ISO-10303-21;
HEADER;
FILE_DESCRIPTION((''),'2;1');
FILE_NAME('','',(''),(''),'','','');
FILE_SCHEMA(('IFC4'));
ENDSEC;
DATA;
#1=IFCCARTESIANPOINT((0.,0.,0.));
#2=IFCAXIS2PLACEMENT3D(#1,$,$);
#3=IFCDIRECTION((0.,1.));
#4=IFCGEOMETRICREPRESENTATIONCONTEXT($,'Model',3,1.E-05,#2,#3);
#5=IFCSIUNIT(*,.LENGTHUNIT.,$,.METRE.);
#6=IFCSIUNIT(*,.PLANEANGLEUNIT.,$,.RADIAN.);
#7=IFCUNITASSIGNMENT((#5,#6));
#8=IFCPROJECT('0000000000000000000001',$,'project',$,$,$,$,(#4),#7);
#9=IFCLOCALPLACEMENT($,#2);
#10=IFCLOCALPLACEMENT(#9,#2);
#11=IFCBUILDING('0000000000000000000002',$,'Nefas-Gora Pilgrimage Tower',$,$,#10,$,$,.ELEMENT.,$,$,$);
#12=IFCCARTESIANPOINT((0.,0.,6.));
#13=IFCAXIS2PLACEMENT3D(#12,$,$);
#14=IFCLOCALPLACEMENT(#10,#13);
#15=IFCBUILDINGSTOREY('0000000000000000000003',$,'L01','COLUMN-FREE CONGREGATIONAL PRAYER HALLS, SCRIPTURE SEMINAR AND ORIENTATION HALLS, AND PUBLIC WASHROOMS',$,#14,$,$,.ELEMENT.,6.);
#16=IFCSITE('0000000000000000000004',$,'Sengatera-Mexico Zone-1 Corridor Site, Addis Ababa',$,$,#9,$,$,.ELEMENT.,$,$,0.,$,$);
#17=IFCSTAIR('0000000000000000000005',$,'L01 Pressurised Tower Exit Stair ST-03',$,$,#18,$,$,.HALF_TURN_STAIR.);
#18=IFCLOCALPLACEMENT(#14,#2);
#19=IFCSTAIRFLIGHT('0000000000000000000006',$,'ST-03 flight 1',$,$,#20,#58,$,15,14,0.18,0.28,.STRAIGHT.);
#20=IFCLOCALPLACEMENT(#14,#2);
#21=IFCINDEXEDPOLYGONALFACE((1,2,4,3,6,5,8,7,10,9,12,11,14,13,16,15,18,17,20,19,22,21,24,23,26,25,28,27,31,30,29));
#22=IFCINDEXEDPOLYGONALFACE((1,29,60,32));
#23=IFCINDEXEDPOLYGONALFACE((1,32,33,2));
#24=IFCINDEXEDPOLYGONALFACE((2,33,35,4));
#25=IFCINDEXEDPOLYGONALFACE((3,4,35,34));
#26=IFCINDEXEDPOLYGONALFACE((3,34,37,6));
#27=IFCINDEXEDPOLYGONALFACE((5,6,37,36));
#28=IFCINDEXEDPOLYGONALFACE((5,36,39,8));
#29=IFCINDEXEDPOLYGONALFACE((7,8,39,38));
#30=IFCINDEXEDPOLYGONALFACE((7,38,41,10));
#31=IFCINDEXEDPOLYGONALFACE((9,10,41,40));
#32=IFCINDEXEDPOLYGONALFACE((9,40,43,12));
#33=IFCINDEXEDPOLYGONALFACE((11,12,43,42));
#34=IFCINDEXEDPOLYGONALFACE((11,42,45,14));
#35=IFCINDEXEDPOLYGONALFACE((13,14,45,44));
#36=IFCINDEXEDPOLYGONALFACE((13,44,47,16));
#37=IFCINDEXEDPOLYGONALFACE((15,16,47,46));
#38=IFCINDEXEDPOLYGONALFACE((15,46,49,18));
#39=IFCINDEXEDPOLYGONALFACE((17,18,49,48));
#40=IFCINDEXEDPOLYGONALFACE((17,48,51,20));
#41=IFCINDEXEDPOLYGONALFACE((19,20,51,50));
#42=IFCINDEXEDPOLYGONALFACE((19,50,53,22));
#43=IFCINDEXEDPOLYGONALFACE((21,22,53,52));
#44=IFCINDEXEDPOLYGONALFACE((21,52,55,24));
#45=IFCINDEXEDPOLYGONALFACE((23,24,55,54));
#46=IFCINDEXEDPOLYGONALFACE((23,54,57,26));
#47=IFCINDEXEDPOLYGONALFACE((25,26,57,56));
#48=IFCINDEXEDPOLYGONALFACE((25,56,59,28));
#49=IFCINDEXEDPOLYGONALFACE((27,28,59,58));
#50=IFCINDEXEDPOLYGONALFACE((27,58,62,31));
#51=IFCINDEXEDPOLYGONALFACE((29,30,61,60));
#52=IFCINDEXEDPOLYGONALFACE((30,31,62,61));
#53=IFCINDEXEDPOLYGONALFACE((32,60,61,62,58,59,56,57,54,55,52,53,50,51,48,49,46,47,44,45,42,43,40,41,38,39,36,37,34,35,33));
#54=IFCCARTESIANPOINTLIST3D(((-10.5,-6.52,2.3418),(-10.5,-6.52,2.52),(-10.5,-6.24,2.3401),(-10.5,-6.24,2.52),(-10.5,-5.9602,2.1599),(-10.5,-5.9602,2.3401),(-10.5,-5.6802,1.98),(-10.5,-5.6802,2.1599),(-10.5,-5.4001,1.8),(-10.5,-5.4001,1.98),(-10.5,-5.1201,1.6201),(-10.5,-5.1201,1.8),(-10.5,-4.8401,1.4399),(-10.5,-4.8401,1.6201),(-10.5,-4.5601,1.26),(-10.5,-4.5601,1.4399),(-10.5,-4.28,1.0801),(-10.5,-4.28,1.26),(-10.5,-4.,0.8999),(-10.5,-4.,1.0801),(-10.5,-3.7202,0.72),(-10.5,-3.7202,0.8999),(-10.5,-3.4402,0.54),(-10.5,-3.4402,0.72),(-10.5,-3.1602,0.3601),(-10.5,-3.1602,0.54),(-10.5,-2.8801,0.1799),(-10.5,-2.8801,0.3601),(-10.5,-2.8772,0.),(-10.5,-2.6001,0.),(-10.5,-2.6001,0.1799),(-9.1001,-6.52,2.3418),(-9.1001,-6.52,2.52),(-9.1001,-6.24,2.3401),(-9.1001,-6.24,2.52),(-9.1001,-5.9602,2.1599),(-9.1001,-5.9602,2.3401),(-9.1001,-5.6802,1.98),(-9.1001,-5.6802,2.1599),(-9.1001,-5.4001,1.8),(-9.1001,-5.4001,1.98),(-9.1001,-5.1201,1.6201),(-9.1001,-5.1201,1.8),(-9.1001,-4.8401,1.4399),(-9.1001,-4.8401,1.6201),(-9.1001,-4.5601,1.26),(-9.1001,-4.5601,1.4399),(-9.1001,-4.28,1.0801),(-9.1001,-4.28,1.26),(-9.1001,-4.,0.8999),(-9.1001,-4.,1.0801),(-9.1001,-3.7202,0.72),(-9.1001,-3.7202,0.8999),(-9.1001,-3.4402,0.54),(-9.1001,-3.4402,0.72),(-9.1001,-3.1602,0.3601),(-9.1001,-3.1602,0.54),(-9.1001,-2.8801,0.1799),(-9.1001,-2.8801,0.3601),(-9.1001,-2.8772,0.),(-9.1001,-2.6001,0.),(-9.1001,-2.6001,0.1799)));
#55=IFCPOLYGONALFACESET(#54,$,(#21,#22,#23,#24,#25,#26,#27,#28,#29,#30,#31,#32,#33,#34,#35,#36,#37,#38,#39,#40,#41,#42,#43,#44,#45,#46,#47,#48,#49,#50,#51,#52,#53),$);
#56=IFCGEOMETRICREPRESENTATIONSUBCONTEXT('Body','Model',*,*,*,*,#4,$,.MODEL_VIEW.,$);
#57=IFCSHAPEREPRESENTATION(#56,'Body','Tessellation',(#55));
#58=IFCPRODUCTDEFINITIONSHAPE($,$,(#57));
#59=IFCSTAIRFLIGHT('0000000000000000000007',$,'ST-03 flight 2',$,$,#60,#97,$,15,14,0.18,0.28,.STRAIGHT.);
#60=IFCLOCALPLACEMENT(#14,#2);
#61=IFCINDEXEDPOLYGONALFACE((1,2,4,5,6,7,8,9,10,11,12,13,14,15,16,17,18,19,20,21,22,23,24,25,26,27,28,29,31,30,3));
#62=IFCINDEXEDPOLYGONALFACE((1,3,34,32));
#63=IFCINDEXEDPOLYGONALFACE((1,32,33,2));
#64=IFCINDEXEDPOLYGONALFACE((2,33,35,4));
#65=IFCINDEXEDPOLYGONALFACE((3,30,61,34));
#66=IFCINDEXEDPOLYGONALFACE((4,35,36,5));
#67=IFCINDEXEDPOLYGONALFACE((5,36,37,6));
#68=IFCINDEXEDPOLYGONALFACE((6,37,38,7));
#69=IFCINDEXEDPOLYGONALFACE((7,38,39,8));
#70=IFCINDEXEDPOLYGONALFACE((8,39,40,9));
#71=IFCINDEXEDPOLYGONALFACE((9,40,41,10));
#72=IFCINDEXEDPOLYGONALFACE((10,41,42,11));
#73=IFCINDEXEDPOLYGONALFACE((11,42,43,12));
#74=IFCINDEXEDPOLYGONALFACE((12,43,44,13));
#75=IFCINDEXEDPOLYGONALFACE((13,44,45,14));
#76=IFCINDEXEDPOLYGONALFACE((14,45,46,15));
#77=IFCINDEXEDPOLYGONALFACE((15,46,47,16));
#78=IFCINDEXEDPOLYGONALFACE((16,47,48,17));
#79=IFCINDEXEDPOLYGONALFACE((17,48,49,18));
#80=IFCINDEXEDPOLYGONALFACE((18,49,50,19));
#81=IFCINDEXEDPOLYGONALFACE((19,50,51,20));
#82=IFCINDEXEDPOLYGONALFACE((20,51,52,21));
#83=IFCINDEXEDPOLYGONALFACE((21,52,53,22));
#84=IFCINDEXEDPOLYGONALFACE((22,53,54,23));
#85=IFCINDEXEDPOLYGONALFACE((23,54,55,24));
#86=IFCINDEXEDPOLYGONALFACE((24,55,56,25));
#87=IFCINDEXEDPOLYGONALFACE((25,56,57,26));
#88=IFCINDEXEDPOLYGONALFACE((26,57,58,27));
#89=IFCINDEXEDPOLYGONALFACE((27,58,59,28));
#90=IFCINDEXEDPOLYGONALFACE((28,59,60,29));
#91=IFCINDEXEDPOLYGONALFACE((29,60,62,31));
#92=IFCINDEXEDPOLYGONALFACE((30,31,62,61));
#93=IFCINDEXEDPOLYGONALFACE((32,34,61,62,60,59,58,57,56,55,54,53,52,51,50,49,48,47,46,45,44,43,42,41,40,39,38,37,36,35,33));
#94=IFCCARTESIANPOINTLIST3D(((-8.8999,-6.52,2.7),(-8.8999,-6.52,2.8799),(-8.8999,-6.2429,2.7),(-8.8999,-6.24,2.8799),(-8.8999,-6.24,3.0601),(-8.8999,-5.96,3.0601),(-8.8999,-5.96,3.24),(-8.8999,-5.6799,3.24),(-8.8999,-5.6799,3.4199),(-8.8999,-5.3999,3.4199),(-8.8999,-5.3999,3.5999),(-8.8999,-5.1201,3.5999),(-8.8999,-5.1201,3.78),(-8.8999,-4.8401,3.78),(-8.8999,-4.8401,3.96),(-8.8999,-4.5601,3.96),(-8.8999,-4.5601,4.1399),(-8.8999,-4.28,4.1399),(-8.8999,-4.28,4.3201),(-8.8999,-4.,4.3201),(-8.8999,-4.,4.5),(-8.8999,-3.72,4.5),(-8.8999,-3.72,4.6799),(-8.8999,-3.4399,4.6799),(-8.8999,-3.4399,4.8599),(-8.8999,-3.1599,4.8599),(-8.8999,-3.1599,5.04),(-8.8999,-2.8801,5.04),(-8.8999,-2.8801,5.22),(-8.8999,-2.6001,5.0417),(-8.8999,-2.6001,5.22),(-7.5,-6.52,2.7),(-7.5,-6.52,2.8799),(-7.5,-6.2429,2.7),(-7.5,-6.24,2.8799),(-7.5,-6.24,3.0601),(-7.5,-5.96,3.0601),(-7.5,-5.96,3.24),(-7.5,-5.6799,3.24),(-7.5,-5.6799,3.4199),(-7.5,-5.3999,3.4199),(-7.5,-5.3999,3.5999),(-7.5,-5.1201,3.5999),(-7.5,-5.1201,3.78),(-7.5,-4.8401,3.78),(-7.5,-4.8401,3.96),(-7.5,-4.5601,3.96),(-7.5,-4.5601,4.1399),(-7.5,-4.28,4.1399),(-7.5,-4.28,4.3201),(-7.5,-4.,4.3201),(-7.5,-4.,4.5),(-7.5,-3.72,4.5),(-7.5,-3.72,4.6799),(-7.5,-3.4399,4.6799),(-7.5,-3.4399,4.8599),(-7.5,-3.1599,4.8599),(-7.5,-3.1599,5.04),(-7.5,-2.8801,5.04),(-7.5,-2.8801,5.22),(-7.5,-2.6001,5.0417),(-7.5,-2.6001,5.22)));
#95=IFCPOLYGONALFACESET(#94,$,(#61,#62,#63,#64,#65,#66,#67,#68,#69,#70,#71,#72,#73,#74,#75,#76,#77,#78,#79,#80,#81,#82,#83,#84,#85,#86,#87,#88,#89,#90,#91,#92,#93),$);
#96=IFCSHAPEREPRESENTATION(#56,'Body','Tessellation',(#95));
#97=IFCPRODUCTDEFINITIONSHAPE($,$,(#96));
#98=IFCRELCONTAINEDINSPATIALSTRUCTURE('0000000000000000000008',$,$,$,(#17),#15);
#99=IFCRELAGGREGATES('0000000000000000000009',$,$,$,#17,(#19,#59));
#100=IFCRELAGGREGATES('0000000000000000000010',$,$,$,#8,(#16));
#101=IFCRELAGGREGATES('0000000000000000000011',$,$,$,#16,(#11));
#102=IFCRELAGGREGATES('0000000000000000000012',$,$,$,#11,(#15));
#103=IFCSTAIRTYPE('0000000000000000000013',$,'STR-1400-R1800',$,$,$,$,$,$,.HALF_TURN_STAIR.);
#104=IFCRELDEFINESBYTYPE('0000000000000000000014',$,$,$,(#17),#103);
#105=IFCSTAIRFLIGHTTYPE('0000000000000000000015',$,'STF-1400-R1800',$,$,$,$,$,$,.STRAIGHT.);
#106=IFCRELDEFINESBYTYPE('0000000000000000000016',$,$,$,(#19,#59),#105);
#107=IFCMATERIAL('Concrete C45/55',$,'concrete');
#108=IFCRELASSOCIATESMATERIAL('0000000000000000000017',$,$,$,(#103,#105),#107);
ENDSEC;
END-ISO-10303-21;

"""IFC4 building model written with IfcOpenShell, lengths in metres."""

from ifc_helpers import new_model, si_unit, direction, frame, origin, place, context, subcontext, project, spatial, polyline, outline, extrude, source, transform, mapped, material, type_object, element, aggregate, save


model = new_model("IFC4")

# Units and contexts
model_context = context("Model", 3, precision=1e-05, world=origin(), true_north=direction((0.0, 1.0)))
body_context = subcontext(model_context, "Body", "Model", "MODEL_VIEW")
ifc_project = project(units=[si_unit("LENGTHUNIT", "METRE"), si_unit("PLANEANGLEUNIT", "RADIAN")], contexts=[model_context])

# Site, building, storey
site_placement = place(None, origin())
site = spatial("IfcSite", under=ifc_project, at=site_placement, Name="Sengatera-Mexico Zone-1 Corridor Site, Addis Ababa", CompositionType="ELEMENT", RefElevation=0.0)
building_placement = place(site_placement, origin())
building = spatial("IfcBuilding", under=site, at=building_placement, Name="Nefas-Gora Pilgrimage Tower", CompositionType="ELEMENT")
storey_placement = place(building_placement, frame((0.0, 0.0, 6.0)))
storey = spatial("IfcBuildingStorey", under=building, at=storey_placement, Name="L01", Description="COLUMN-FREE CONGREGATIONAL PRAYER HALLS, SCRIPTURE SEMINAR AND ORIENTATION HALLS, AND PUBLIC WASHROOMS", CompositionType="ELEMENT", Elevation=6.0)

# Shared definitions
ifc_material_1 = material(Name="Concrete C45/55", Category="concrete")

# Stair, stair flights
stair_type = type_object("IfcStairType", Name="STR-1400-R1800", PredefinedType="HALF_TURN_STAIR", material=ifc_material_1)
stair_placement = place(storey_placement, origin())
stair = element("IfcStair", 1, at=stair_placement, inside=storey, type_object=stair_type, Name="L01 Pressurised Tower Exit Stair ST-03", PredefinedType="HALF_TURN_STAIR")
stair_flight_type = type_object("IfcStairFlightType", Name="STF-1400-R1800", PredefinedType="STRAIGHT", material=ifc_material_1)
shared_shape_1 = source(origin(), body_context, "Body", "SweptSolid", [
    extrude(outline(polyline([(0.0, 0.0), (0.0, 0.1799), (0.28, 0.1799), (0.28, 0.3601), (0.5601, 0.3601), (0.5601, 0.54), (0.8401, 0.54), (0.8401, 0.72), (1.1201, 0.72), (1.1201, 0.8999), (1.3999, 0.8999), (1.3999, 1.0801), (1.6799, 1.0801), (1.6799, 1.26), (1.96, 1.26), (1.96, 1.4399), (2.24, 1.4399), (2.24, 1.6201), (2.52, 1.6201), (2.52, 1.8), (2.8, 1.8), (2.8, 1.98), (3.0801, 1.98), (3.0801, 2.1599), (3.3601, 2.1599), (3.3601, 2.3401), (3.6399, 2.3401), (3.6399, 2.52), (3.9199, 2.52), (3.9199, 2.7), (3.9199, 2.3418), (0.2771, 0.0), (0.0, 0.0)])), frame((0.0, 0.7, 0.0), z_axis=(0.0, -1.0, 0.0), x_axis=(1.0, 0.0, 0.0)), (0.0, 0.0, 1.0), 1.3999),
])
stair_flight_1_placement = place(storey_placement, frame((-9.8, -2.6001, 0.0), z_axis=(0.0, 0.0, 1.0), x_axis=(0.0, -1.0, 0.0)))
stair_flight_1 = element("IfcStairFlight", 2, at=stair_flight_1_placement, type_object=stair_flight_type, Name="ST-03 flight 1", NumberOfRisers=15, NumberOfTreads=14, PredefinedType="STRAIGHT", RiserHeight=0.18, TreadLength=0.28, context=body_context, shape_type="MappedRepresentation", body=[
    mapped(shared_shape_1, transform((0.0, 0.0, 0.0), x_axis=(1.0, 0.0, 0.0), y_axis=(0.0, 1.0, 0.0), z_axis=(0.0, 0.0, 1.0), scale=1.0)),
])
stair_flight_2_placement = place(storey_placement, frame((-8.2, -6.52, 2.7), z_axis=(0.0, 0.0, 1.0), x_axis=(0.0, 1.0, 0.0)))
stair_flight_2 = element("IfcStairFlight", 3, at=stair_flight_2_placement, type_object=stair_flight_type, Name="ST-03 flight 2", NumberOfRisers=15, NumberOfTreads=14, PredefinedType="STRAIGHT", RiserHeight=0.18, TreadLength=0.28, context=body_context, shape_type="MappedRepresentation", body=[
    mapped(shared_shape_1, transform((0.0, 0.0, 0.0), x_axis=(1.0, 0.0, 0.0), y_axis=(0.0, 1.0, 0.0), z_axis=(0.0, 0.0, 1.0), scale=1.0)),
])
aggregate(stair, [stair_flight_1, stair_flight_2])

save(model, "model.ifc")
